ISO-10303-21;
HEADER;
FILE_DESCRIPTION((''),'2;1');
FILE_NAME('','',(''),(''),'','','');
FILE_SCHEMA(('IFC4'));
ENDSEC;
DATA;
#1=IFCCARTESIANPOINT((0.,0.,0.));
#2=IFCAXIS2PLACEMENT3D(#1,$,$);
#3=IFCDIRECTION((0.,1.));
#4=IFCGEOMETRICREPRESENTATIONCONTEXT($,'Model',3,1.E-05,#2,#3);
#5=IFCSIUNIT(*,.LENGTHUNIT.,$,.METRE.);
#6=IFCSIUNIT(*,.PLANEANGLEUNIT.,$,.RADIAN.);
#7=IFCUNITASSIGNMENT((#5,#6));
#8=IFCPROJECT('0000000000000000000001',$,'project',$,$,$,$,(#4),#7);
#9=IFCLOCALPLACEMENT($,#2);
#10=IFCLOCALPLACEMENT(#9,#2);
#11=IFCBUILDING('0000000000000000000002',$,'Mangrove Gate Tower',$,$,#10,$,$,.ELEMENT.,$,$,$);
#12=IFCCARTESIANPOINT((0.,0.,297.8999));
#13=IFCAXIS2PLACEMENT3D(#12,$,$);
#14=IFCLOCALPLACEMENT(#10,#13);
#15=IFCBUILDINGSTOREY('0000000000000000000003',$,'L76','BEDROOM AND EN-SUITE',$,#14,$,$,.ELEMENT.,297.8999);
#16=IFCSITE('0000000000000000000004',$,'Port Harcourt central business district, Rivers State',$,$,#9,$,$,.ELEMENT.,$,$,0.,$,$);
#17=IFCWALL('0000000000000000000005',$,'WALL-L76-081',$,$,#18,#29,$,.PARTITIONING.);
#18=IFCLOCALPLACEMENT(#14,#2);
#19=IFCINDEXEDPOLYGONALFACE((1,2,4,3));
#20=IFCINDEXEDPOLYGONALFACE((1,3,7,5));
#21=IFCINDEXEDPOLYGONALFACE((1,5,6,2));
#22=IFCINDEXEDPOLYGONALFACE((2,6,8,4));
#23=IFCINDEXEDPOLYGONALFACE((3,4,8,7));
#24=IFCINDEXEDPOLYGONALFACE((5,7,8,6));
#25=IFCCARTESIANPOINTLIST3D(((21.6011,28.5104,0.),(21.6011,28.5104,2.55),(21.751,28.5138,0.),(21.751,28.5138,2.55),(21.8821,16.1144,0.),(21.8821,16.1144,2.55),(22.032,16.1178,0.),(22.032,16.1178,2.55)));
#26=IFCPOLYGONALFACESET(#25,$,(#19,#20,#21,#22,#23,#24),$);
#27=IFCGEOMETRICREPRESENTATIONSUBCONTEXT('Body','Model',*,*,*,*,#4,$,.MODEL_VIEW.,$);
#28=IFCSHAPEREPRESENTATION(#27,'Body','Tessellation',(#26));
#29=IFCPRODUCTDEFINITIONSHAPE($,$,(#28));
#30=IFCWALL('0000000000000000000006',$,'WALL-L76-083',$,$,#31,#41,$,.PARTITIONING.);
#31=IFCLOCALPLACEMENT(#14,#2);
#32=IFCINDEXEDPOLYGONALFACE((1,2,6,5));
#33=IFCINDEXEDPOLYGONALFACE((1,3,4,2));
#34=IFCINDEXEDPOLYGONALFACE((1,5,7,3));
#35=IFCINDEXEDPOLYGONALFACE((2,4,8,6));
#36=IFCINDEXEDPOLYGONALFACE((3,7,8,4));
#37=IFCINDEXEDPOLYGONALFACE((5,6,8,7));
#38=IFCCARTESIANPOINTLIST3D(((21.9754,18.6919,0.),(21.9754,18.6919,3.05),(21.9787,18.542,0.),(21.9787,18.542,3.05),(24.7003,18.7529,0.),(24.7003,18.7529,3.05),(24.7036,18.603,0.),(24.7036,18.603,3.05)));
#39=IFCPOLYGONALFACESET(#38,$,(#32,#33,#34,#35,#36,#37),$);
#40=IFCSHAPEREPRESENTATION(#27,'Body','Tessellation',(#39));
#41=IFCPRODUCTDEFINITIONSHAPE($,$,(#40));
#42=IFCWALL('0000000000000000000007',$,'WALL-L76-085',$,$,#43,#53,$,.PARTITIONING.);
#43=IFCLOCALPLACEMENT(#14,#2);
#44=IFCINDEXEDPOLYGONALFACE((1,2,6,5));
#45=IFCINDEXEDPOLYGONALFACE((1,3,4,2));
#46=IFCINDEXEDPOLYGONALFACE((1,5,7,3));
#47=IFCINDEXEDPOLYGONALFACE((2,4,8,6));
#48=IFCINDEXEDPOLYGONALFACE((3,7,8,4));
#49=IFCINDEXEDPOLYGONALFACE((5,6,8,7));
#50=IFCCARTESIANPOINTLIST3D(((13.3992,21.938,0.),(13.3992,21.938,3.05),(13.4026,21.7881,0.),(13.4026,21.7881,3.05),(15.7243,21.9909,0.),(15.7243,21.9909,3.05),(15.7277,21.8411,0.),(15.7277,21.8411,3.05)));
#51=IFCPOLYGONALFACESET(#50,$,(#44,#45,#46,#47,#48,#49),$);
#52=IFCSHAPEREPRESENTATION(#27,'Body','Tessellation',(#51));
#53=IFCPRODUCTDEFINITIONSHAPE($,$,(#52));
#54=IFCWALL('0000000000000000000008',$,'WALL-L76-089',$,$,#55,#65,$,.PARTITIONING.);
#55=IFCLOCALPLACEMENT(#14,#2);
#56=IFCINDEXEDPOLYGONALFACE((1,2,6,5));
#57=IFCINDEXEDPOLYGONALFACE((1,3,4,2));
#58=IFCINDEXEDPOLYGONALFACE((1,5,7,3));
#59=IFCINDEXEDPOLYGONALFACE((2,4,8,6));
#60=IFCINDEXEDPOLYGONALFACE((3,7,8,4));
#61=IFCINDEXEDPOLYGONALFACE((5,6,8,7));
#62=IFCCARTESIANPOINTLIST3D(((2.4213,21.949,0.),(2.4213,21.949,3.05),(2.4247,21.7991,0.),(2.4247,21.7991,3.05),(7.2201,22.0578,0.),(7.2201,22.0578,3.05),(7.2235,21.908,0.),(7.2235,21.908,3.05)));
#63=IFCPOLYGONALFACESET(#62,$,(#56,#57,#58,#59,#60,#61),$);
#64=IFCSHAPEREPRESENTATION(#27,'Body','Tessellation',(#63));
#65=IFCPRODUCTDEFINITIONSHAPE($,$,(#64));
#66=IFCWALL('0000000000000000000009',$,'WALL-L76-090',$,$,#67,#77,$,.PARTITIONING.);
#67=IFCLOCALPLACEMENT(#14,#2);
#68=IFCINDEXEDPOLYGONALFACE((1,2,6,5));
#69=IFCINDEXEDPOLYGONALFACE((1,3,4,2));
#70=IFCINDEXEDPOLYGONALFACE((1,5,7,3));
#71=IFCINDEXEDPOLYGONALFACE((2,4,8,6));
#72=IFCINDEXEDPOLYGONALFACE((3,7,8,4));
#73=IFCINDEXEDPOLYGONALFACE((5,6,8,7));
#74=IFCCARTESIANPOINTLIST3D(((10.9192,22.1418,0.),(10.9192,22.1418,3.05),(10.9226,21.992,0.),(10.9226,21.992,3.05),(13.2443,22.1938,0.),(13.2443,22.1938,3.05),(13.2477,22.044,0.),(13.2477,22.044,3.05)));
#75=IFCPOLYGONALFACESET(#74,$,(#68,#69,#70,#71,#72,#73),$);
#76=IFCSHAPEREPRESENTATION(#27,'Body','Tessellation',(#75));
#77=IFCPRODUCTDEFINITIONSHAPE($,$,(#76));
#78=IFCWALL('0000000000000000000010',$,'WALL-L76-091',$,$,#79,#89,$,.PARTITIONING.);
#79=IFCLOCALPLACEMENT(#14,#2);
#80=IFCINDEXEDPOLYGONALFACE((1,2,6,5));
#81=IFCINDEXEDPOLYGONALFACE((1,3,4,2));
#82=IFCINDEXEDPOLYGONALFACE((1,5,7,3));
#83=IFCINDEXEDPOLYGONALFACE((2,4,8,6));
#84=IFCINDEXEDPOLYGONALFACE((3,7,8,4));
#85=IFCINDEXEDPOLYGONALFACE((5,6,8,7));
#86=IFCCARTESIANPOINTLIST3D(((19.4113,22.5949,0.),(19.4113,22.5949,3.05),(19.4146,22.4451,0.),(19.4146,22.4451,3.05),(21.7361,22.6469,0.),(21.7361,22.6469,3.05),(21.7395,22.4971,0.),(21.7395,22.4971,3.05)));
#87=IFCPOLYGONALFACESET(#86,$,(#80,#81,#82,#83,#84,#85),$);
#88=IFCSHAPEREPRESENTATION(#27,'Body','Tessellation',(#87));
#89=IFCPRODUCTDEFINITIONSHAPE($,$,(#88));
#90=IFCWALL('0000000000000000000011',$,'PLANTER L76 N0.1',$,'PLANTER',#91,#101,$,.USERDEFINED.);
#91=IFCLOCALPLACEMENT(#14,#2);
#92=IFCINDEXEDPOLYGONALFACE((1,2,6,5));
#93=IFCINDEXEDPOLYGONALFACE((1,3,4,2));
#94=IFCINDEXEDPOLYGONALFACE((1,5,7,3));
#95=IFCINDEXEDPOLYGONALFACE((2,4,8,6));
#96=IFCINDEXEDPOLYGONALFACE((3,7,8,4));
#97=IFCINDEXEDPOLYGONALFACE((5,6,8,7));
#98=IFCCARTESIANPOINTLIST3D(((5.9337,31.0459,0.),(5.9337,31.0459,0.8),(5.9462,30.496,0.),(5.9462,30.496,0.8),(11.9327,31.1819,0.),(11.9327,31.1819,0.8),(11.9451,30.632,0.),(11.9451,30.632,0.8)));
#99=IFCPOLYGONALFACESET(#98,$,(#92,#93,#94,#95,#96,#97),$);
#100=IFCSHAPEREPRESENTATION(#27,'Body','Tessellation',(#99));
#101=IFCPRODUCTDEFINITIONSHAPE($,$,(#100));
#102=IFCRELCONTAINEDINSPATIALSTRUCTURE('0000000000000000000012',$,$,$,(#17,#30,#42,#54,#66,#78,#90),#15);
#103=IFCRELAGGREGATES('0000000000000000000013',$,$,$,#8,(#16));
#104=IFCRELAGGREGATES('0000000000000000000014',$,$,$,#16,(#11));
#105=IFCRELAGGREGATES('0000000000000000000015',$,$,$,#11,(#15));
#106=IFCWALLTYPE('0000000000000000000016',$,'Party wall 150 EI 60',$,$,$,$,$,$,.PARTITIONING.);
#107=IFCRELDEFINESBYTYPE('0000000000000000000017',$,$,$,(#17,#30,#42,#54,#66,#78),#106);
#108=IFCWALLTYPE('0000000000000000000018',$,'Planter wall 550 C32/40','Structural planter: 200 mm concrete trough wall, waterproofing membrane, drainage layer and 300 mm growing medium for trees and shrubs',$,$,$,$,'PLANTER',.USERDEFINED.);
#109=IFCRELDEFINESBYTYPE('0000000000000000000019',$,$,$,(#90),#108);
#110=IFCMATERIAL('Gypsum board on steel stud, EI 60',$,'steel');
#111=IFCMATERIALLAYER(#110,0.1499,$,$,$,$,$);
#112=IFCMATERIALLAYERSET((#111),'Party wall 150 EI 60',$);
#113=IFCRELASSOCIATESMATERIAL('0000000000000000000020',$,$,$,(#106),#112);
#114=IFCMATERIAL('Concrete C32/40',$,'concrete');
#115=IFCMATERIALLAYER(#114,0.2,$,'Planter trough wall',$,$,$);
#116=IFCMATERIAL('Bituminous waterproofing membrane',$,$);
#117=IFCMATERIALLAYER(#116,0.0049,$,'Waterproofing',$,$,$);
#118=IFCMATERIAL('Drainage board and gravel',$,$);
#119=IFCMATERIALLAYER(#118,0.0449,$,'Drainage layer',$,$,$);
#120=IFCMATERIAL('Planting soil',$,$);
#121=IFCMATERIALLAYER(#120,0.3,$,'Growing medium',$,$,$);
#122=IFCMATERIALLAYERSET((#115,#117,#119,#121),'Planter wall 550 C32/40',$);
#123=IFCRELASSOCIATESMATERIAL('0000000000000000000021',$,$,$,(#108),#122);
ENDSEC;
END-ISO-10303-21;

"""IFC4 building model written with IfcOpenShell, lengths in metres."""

from ifc_helpers import new_model, si_unit, direction, frame, frame_2d, origin, place, context, subcontext, project, spatial, rectangle, extrude, material, layer, layer_set, type_object, element, save


model = new_model("IFC4")

# Units and contexts
model_context = context("Model", 3, precision=1e-05, world=origin(), true_north=direction((0.0, 1.0)))
body_context = subcontext(model_context, "Body", "Model", "MODEL_VIEW")
ifc_project = project(units=[si_unit("LENGTHUNIT", "METRE"), si_unit("PLANEANGLEUNIT", "RADIAN")], contexts=[model_context])

# Site, building, storey
site_placement = place(None, origin())
site = spatial("IfcSite", under=ifc_project, at=site_placement, Name="Port Harcourt central business district, Rivers State", CompositionType="ELEMENT", RefElevation=0.0)
building_placement = place(site_placement, origin())
building = spatial("IfcBuilding", under=site, at=building_placement, Name="Mangrove Gate Tower", CompositionType="ELEMENT")
storey_placement = place(building_placement, frame((0.0, 0.0, 297.8999)))
storey = spatial("IfcBuildingStorey", under=building, at=storey_placement, Name="L76", Description="BEDROOM AND EN-SUITE", CompositionType="ELEMENT", Elevation=297.8999)

# Shared definitions
ifc_material_1 = material(Name="Gypsum board on steel stud, EI 60", Category="steel")
ifc_layer_1 = layer(ifc_material_1, 0.1499)
ifc_layer_set_1 = layer_set([ifc_layer_1], Name="Party wall 150 EI 60")
wall_type_1 = type_object("IfcWallType", Name="Party wall 150 EI 60", PredefinedType="PARTITIONING", material=ifc_layer_set_1)

# Walls
wall_1_placement = place(storey_placement, frame((21.957, 16.116, 0.0), z_axis=(0.0, 0.0, 1.0), x_axis=(-0.022663, 0.999743, 0.0)))
element("IfcWall", 1, at=wall_1_placement, inside=storey, type_object=wall_type_1, Name="WALL-L76-081", PredefinedType="PARTITIONING", context=body_context, shape_type="SweptSolid", body=[
    extrude(rectangle(XDim=12.3992, YDim=0.1499, at=frame_2d((6.1997, 0.0))), origin(), (0.0, 0.0, 1.0), 2.55),
])
wall_2_placement = place(storey_placement, frame((21.9771, 18.6169, 0.0), z_axis=(0.0, 0.0, 1.0), x_axis=(0.999749, 0.022394, 0.0)))
element("IfcWall", 2, at=wall_2_placement, inside=storey, type_object=wall_type_1, Name="WALL-L76-083", PredefinedType="PARTITIONING", context=body_context, shape_type="SweptSolid", body=[
    extrude(rectangle(XDim=2.7256, YDim=0.1499, at=frame_2d((1.3628, 0.0))), origin(), (0.0, 0.0, 1.0), 3.05),
])
wall_3_placement = place(storey_placement, frame((13.4009, 21.863, 0.0), z_axis=(0.0, 0.0, 1.0), x_axis=(0.999741, 0.022779, 0.0)))
element("IfcWall", 3, at=wall_3_placement, inside=storey, type_object=wall_type_1, Name="WALL-L76-085", PredefinedType="PARTITIONING", context=body_context, shape_type="SweptSolid", body=[
    extrude(rectangle(XDim=2.3257, YDim=0.1499, at=frame_2d((1.1628, 0.0))), origin(), (0.0, 0.0, 1.0), 3.05),
])
wall_4_placement = place(storey_placement, frame((2.4231, 21.874, 0.0), z_axis=(0.0, 0.0, 1.0), x_axis=(0.999743, 0.022684, 0.0)))
element("IfcWall", 4, at=wall_4_placement, inside=storey, type_object=wall_type_1, Name="WALL-L76-089", PredefinedType="PARTITIONING", context=body_context, shape_type="SweptSolid", body=[
    extrude(rectangle(XDim=4.8, YDim=0.1499, at=frame_2d((2.3999, 0.0))), origin(), (0.0, 0.0, 1.0), 3.05),
])
wall_5_placement = place(storey_placement, frame((10.9209, 22.0669, 0.0), z_axis=(0.0, 0.0, 1.0), x_axis=(0.99975, 0.022359, 0.0)))
element("IfcWall", 5, at=wall_5_placement, inside=storey, type_object=wall_type_1, Name="WALL-L76-090", PredefinedType="PARTITIONING", context=body_context, shape_type="SweptSolid", body=[
    extrude(rectangle(XDim=2.3257, YDim=0.1499, at=frame_2d((1.1628, 0.0))), origin(), (0.0, 0.0, 1.0), 3.05),
])
wall_6_placement = place(storey_placement, frame((19.4131, 22.52, 0.0), z_axis=(0.0, 0.0, 1.0), x_axis=(0.99975, 0.022361, 0.0)))
element("IfcWall", 6, at=wall_6_placement, inside=storey, type_object=wall_type_1, Name="WALL-L76-091", PredefinedType="PARTITIONING", context=body_context, shape_type="SweptSolid", body=[
    extrude(rectangle(XDim=2.3254, YDim=0.1499, at=frame_2d((1.1626, 0.0))), origin(), (0.0, 0.0, 1.0), 3.05),
])
ifc_material_2 = material(Name="Concrete C32/40", Category="concrete")
ifc_layer_2 = layer(ifc_material_2, 0.2, Name="Planter trough wall")
ifc_material_3 = material(Name="Bituminous waterproofing membrane")
ifc_layer_3 = layer(ifc_material_3, 0.0049, Name="Waterproofing")
ifc_material_4 = material(Name="Drainage board and gravel")
ifc_layer_4 = layer(ifc_material_4, 0.0449, Name="Drainage layer")
ifc_material_5 = material(Name="Planting soil")
ifc_layer_5 = layer(ifc_material_5, 0.3, Name="Growing medium")
ifc_layer_set_2 = layer_set([ifc_layer_2, ifc_layer_3, ifc_layer_4, ifc_layer_5], Name="Planter wall 550 C32/40")
wall_type_2 = type_object("IfcWallType", Name="Planter wall 550 C32/40", Description="Structural planter: 200 mm concrete trough wall, waterproofing membrane, drainage layer and 300 mm growing medium for trees and shrubs", ElementType="PLANTER", PredefinedType="USERDEFINED", material=ifc_layer_set_2)
wall_7_placement = place(storey_placement, frame((5.9399, 30.771, 0.0), z_axis=(0.0, 0.0, 1.0), x_axis=(0.999743, 0.022662, 0.0)))
element("IfcWall", 7, at=wall_7_placement, inside=storey, type_object=wall_type_2, Name="PLANTER L76 N0.1", ObjectType="PLANTER", PredefinedType="USERDEFINED", context=body_context, shape_type="SweptSolid", body=[
    extrude(rectangle(XDim=6.0005, YDim=0.55, at=frame_2d((3.0002, 0.0))), origin(), (0.0, 0.0, 1.0), 0.8),
])

save(model, "model.ifc")
